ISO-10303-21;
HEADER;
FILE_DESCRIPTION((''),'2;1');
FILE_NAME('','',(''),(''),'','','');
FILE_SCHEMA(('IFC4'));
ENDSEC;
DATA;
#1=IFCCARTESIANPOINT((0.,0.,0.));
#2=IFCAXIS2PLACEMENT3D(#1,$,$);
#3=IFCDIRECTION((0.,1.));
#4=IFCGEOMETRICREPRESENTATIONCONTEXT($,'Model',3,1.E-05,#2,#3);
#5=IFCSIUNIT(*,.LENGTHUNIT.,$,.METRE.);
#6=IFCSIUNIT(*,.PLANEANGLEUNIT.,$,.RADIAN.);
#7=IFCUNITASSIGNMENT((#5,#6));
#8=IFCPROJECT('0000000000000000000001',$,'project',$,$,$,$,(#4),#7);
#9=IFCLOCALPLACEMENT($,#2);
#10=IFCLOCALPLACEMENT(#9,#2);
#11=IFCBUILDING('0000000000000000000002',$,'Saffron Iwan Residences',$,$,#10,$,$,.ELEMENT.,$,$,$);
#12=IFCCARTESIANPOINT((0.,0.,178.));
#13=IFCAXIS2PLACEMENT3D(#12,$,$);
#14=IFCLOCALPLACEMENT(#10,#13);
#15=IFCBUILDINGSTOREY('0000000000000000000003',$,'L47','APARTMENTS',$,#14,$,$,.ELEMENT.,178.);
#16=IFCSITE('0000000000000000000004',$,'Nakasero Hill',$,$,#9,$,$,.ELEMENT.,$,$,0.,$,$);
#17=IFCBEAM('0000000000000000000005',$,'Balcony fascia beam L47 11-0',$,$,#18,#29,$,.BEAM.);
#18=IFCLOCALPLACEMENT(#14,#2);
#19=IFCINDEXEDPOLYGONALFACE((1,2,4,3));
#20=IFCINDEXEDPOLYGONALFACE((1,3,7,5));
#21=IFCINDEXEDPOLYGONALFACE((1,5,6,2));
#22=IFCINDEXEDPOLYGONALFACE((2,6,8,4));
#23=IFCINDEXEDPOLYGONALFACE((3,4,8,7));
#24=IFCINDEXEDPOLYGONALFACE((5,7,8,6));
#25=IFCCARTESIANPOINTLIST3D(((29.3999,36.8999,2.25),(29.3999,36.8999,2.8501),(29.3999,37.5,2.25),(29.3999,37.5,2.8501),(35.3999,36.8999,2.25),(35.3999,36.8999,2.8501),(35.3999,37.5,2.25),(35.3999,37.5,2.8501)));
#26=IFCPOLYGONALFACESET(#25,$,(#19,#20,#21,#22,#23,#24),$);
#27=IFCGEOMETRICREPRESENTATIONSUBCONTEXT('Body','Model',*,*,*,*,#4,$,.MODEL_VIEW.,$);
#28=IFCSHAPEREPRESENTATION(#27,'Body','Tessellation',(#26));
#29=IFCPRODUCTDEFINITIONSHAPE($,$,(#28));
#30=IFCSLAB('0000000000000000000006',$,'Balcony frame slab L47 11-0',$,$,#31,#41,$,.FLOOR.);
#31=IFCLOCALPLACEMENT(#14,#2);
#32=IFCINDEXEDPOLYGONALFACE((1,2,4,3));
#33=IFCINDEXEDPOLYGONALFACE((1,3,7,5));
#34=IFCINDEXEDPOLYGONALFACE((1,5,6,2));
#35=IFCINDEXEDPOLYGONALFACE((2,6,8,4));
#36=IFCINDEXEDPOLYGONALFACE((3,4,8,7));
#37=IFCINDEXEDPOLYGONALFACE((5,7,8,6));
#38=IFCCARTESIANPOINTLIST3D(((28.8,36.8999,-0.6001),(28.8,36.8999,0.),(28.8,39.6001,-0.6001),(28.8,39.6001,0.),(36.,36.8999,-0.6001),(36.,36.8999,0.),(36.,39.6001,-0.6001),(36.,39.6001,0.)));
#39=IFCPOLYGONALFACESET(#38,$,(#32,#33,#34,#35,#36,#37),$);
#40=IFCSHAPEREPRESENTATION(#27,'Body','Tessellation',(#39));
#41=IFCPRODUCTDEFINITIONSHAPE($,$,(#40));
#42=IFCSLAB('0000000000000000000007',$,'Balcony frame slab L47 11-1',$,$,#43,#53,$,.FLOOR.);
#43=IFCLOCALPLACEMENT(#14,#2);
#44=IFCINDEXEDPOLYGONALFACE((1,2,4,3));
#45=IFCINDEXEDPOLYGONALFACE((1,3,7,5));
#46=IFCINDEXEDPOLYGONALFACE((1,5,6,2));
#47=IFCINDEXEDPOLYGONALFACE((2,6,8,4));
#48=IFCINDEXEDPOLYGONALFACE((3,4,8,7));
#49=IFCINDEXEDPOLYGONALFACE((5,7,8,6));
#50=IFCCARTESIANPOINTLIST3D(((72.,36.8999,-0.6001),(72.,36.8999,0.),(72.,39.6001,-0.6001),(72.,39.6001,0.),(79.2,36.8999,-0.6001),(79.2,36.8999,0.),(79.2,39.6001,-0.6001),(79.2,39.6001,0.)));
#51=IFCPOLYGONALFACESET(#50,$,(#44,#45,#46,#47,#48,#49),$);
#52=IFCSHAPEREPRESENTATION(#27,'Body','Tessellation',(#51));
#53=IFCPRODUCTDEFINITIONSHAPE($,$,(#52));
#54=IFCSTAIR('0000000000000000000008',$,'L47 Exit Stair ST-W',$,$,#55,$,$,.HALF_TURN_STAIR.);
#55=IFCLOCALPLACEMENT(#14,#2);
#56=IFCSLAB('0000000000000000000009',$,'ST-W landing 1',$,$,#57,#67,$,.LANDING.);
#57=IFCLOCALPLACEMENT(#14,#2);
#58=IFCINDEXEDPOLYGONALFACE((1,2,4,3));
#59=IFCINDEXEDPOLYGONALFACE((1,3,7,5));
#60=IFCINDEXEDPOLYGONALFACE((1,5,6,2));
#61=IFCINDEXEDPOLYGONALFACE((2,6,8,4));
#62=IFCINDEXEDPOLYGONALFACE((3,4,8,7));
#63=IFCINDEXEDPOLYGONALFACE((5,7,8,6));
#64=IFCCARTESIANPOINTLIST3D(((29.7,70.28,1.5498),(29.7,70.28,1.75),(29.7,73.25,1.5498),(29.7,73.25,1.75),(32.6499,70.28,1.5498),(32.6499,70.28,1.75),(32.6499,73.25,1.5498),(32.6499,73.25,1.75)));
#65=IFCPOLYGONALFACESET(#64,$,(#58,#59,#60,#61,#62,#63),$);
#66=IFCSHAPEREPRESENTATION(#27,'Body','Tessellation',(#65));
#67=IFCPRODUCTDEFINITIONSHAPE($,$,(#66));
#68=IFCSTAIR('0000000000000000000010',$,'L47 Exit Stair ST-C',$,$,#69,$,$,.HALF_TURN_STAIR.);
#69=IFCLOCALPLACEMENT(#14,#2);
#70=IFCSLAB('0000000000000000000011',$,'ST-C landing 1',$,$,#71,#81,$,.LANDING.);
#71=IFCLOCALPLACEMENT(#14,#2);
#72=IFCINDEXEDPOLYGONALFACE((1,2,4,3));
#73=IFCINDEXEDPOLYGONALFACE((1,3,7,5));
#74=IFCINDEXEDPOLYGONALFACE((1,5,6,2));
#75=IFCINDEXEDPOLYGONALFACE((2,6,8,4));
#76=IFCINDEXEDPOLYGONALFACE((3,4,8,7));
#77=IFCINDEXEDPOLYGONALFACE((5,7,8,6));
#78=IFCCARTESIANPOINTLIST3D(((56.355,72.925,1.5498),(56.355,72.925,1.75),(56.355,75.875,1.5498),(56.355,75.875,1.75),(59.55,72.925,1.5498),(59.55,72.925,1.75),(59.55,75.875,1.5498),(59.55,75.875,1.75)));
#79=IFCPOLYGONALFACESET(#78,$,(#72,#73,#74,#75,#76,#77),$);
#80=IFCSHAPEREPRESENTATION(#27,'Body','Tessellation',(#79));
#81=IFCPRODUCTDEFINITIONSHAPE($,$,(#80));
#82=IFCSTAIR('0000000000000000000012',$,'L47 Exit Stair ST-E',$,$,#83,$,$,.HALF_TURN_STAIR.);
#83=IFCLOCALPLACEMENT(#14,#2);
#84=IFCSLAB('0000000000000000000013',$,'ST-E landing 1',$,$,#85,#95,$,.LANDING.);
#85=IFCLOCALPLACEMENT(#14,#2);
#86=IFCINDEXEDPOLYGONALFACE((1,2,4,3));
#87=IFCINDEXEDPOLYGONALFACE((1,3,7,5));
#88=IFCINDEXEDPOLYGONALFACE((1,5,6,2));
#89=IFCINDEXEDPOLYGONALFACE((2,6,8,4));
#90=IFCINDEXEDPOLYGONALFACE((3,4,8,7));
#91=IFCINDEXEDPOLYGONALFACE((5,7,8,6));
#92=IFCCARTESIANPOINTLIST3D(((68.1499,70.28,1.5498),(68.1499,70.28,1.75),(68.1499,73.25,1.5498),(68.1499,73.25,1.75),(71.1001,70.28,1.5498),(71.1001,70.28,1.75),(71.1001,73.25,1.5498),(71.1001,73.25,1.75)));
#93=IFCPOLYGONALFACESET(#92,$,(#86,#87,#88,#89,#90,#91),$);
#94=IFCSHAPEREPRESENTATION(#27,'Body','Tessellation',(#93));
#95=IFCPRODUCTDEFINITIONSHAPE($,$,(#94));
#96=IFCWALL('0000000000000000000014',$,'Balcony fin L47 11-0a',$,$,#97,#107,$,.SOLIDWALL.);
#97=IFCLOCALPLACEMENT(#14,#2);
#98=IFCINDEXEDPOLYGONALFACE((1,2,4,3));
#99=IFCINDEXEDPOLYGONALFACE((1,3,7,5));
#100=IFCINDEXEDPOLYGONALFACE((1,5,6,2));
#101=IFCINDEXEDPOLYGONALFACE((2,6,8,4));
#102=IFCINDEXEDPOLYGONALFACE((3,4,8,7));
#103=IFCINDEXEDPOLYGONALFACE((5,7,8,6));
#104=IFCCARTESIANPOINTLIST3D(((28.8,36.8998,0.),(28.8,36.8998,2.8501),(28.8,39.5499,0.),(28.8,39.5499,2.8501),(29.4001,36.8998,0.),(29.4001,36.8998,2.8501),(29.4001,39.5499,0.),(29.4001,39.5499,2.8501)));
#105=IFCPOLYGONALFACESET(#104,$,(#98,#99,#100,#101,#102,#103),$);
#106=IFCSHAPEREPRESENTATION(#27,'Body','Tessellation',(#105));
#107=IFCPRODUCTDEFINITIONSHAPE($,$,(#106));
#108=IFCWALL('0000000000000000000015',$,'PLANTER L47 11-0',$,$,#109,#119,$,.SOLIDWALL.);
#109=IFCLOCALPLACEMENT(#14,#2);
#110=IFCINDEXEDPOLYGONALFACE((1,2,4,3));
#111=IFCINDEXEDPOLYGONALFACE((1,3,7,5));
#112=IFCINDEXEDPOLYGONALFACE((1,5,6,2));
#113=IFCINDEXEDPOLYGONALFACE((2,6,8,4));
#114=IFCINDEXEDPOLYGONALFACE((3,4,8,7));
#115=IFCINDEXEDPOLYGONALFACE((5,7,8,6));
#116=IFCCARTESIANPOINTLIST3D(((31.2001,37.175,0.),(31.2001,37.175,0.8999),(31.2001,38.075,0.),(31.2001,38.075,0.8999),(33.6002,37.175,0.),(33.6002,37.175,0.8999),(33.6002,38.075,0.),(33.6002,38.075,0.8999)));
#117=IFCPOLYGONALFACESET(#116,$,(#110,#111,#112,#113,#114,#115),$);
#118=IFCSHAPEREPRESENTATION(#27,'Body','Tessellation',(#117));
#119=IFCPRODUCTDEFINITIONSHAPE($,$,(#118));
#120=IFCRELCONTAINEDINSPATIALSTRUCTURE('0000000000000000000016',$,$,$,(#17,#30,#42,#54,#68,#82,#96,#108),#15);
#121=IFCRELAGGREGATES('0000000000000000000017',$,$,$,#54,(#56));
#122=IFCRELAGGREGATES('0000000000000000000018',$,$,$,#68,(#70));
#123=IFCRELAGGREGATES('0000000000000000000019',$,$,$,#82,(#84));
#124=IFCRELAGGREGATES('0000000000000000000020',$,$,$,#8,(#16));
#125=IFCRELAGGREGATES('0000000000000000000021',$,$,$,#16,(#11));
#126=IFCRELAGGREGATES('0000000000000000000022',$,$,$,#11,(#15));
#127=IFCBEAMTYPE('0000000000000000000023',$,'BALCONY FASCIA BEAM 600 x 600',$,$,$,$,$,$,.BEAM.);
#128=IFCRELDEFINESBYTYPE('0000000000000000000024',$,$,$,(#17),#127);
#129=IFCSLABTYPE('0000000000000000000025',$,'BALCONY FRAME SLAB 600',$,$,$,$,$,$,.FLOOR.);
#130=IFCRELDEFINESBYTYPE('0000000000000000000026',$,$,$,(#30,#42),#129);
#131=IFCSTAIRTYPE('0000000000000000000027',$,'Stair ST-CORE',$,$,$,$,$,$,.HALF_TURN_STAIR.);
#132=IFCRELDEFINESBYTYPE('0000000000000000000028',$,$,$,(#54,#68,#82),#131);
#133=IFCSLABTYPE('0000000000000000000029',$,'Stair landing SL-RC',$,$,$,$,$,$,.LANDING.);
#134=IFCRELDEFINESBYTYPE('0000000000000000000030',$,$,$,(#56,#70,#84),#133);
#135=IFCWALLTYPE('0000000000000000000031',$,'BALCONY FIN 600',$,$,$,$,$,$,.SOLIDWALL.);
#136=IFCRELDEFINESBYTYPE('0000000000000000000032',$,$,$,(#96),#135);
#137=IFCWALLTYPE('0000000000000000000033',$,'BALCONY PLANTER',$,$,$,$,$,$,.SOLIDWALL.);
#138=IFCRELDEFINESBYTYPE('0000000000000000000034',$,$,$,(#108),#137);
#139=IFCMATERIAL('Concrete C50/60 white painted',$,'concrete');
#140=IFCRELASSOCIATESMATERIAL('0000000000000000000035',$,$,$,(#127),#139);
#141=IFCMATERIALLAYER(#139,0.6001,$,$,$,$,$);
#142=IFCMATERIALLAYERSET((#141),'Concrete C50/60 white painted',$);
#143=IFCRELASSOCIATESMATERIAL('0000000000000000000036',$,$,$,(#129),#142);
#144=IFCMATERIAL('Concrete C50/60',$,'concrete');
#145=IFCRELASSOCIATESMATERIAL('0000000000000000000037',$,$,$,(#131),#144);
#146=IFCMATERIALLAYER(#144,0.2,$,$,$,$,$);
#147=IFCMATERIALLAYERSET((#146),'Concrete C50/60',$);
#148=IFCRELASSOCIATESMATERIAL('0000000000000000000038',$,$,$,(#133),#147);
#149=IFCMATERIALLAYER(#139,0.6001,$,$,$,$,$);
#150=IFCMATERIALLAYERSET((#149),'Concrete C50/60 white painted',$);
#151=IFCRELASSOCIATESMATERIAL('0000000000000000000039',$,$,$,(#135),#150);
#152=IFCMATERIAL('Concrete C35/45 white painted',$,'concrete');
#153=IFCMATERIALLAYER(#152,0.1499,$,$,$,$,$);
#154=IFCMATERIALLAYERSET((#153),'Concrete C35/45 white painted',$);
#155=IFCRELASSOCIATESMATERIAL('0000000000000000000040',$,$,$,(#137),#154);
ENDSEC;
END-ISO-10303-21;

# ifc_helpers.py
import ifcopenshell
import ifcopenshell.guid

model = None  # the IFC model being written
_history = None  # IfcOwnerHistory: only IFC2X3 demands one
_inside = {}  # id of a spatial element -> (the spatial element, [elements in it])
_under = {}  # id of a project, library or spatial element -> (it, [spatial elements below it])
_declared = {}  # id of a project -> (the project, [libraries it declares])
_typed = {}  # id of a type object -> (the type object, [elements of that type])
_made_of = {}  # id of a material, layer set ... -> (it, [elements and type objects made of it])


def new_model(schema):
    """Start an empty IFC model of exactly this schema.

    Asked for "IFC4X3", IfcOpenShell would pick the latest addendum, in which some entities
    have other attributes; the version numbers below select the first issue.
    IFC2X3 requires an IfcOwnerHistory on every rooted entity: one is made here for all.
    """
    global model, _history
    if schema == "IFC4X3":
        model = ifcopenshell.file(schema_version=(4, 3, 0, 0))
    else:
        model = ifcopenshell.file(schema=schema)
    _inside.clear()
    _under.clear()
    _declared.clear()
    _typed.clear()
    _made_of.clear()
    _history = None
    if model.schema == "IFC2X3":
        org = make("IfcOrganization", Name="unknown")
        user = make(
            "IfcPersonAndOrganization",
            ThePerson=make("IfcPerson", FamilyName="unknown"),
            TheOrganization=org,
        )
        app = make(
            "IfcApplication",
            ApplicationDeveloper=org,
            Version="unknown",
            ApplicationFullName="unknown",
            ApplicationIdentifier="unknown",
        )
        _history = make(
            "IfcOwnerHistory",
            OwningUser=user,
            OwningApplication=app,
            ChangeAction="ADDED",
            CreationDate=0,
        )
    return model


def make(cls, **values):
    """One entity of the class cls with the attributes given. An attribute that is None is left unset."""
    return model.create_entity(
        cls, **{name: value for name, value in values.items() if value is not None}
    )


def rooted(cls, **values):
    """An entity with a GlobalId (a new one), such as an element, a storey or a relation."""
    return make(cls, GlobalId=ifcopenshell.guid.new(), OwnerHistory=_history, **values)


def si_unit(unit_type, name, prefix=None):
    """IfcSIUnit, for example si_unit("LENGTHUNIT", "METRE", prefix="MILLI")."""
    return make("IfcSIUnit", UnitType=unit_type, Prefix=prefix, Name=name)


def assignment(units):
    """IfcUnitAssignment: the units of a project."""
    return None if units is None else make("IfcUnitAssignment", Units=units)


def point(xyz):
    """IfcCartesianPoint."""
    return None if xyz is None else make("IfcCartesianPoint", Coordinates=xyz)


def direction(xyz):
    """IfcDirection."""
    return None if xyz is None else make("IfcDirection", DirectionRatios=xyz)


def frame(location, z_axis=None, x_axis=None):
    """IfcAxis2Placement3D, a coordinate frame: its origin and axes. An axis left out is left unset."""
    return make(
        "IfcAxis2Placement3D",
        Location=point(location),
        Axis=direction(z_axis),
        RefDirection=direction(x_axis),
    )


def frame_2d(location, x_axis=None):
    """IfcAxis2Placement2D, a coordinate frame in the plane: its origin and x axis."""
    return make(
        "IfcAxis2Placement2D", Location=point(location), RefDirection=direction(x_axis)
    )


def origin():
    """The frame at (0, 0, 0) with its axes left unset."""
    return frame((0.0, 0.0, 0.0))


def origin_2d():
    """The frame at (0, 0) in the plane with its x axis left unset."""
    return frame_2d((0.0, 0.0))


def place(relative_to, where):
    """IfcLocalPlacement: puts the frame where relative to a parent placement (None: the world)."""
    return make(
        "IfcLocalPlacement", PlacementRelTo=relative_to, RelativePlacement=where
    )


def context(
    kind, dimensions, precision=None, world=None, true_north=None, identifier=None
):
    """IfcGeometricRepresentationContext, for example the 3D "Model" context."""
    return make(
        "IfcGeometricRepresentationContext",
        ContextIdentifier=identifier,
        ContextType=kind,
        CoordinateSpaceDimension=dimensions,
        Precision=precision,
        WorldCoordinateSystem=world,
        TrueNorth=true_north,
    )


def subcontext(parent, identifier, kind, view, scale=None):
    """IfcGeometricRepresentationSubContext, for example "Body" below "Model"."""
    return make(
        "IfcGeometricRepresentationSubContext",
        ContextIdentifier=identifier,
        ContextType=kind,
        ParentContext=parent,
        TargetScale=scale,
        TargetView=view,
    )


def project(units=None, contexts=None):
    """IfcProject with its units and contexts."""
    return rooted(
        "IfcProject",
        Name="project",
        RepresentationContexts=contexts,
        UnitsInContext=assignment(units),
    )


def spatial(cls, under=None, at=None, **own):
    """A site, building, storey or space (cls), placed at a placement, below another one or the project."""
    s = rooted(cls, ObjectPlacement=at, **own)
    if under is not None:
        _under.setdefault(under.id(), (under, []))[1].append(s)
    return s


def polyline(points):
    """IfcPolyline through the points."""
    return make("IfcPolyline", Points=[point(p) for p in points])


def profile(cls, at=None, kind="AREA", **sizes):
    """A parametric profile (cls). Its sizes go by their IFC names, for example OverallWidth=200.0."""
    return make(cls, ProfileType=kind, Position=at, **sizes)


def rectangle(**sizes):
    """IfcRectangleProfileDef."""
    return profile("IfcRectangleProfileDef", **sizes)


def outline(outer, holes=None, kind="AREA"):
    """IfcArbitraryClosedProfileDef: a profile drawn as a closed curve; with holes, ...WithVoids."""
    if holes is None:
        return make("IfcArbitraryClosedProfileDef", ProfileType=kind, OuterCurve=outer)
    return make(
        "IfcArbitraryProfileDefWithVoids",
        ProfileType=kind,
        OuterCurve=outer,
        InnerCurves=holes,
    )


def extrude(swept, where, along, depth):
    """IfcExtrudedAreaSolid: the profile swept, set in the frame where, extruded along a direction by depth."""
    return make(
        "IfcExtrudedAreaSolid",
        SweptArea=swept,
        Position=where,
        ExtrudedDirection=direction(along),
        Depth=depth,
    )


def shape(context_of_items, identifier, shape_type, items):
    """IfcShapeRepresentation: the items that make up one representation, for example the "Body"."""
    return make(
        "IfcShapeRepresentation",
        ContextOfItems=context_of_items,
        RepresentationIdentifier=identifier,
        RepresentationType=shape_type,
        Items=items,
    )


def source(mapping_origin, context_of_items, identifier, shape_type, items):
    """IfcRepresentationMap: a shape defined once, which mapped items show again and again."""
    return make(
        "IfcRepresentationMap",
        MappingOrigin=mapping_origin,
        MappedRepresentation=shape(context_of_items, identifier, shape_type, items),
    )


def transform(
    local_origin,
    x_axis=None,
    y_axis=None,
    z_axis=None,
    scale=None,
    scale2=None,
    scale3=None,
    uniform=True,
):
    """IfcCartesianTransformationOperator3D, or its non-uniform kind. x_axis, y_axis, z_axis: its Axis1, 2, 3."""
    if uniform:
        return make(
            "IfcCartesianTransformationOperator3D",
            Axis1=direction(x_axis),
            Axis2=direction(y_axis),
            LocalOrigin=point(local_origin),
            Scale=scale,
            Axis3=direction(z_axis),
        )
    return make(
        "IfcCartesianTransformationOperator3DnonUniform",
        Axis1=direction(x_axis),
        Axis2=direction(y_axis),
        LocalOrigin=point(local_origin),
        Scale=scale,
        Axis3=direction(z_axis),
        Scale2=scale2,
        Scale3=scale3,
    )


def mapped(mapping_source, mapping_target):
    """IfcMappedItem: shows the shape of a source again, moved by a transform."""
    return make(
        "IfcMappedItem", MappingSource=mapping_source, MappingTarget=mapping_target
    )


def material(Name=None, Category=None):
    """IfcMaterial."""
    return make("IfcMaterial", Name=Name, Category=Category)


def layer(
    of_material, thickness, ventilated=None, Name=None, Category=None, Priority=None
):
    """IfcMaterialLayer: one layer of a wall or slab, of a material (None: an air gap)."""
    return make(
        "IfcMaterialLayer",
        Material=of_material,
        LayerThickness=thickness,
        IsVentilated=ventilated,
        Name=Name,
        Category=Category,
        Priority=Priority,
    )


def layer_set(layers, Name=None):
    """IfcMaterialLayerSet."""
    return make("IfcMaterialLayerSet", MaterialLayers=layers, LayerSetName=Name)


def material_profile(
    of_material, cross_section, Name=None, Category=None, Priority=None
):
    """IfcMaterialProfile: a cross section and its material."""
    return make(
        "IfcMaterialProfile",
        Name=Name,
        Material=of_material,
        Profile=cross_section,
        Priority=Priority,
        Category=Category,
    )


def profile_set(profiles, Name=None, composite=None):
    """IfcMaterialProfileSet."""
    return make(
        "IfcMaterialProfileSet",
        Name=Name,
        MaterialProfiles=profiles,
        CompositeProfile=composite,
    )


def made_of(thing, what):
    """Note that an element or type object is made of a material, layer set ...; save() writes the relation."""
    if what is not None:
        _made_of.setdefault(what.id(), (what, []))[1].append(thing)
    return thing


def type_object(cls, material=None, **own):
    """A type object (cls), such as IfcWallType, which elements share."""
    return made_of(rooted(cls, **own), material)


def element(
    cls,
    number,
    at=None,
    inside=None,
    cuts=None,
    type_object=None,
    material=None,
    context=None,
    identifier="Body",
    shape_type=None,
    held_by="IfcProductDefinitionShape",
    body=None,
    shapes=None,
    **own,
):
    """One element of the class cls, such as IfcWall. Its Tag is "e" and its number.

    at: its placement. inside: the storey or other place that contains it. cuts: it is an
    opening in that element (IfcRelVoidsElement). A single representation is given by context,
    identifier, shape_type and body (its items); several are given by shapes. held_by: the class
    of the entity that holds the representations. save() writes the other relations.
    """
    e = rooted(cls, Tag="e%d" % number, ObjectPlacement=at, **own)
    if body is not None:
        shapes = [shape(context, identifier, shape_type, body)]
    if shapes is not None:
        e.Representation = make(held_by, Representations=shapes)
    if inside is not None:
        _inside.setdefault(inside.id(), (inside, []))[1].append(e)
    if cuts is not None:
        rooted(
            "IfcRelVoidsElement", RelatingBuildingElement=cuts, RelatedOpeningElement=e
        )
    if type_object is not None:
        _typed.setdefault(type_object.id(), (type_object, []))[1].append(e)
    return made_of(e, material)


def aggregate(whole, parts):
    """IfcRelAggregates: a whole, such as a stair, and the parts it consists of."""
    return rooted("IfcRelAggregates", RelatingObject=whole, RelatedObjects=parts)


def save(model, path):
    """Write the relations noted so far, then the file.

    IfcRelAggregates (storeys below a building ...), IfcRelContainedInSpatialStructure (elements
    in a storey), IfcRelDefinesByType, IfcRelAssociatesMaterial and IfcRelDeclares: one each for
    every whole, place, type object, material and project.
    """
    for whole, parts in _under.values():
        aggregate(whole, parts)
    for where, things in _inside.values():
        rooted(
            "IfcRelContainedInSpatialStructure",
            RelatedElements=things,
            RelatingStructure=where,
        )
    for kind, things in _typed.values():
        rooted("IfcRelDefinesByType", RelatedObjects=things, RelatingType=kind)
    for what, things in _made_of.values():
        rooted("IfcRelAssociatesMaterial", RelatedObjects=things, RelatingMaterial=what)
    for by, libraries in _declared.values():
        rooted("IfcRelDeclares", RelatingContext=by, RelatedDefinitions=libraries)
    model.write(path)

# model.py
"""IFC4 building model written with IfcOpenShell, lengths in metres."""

from ifc_helpers import new_model, si_unit, direction, frame, frame_2d, origin, origin_2d, place, context, subcontext, project, spatial, polyline, rectangle, outline, extrude, source, transform, mapped, material, layer, layer_set, material_profile, profile_set, type_object, element, aggregate, save


model = new_model("IFC4")

# Units and contexts
model_context = context("Model", 3, precision=1e-05, world=origin(), true_north=direction((0.0, 1.0)))
body_context = subcontext(model_context, "Body", "Model", "MODEL_VIEW")
ifc_project = project(units=[si_unit("LENGTHUNIT", "METRE"), si_unit("PLANEANGLEUNIT", "RADIAN")], contexts=[model_context])

# Site, building, storey
site_placement = place(None, origin())
site = spatial("IfcSite", under=ifc_project, at=site_placement, Name="Nakasero Hill", CompositionType="ELEMENT", RefElevation=0.0)
building_placement = place(site_placement, origin())
building = spatial("IfcBuilding", under=site, at=building_placement, Name="Saffron Iwan Residences", CompositionType="ELEMENT")
storey_placement = place(building_placement, frame((0.0, 0.0, 178.0)))
storey = spatial("IfcBuildingStorey", under=building, at=storey_placement, Name="L47", Description="APARTMENTS", CompositionType="ELEMENT", Elevation=178.0)

# Beam
ifc_material_1 = material(Name="Concrete C50/60 white painted", Category="concrete")
ifc_material_profile = material_profile(ifc_material_1, rectangle(XDim=0.6001, YDim=0.6001, at=origin_2d()), Name="BALCONY FASCIA BEAM 600 x 600")
ifc_profile_set = profile_set([ifc_material_profile], Name="Concrete C50/60 white painted")
beam_type = type_object("IfcBeamType", Name="BALCONY FASCIA BEAM 600 x 600", PredefinedType="BEAM", material=ifc_profile_set)
shared_shape = source(origin(), body_context, "Body", "SweptSolid", [
    extrude(rectangle(XDim=0.6001, YDim=0.6001, at=origin_2d()), origin(), (0.0, 0.0, 1.0), 6.0),
])
beam_placement = place(storey_placement, frame((29.3999, 37.2, 2.55), z_axis=(1.0, 0.0, 0.0), x_axis=(0.0, 1.0, 0.0)))
element("IfcBeam", 1, at=beam_placement, inside=storey, type_object=beam_type, Name="Balcony fascia beam L47 11-0", PredefinedType="BEAM", context=body_context, shape_type="MappedRepresentation", body=[
    mapped(shared_shape, transform((0.0, 0.0, 0.0))),
])

# Slabs
ifc_layer_1 = layer(ifc_material_1, 0.6001)
ifc_layer_set_1 = layer_set([ifc_layer_1], Name="Concrete C50/60 white painted")
slab_type_1 = type_object("IfcSlabType", Name="BALCONY FRAME SLAB 600", PredefinedType="FLOOR", material=ifc_layer_set_1)
slab_1_placement = place(storey_placement, frame((0.0, 0.0, -0.6001)))
element("IfcSlab", 2, at=slab_1_placement, inside=storey, type_object=slab_type_1, Name="Balcony frame slab L47 11-0", PredefinedType="FLOOR", context=body_context, shape_type="SweptSolid", body=[
    extrude(outline(polyline([(28.8, 36.8999), (36.0, 36.8999), (36.0, 39.6001), (28.8, 39.6001), (28.8, 36.8999)])), origin(), (0.0, 0.0, 1.0), 0.6001),
])
slab_2_placement = place(storey_placement, frame((0.0, 0.0, -0.6001)))
element("IfcSlab", 3, at=slab_2_placement, inside=storey, type_object=slab_type_1, Name="Balcony frame slab L47 11-1", PredefinedType="FLOOR", context=body_context, shape_type="SweptSolid", body=[
    extrude(outline(polyline([(72.0, 36.8999), (79.2, 36.8999), (79.2, 39.6001), (72.0, 39.6001), (72.0, 36.8999)])), origin(), (0.0, 0.0, 1.0), 0.6001),
])

# Stairs, slabs
ifc_material_2 = material(Name="Concrete C50/60", Category="concrete")
stair_type = type_object("IfcStairType", Name="Stair ST-CORE", PredefinedType="HALF_TURN_STAIR", material=ifc_material_2)
stair_1_placement = place(storey_placement, origin())
stair_1 = element("IfcStair", 4, at=stair_1_placement, inside=storey, type_object=stair_type, Name="L47 Exit Stair ST-W", PredefinedType="HALF_TURN_STAIR")
ifc_layer_2 = layer(ifc_material_2, 0.2)
ifc_layer_set_2 = layer_set([ifc_layer_2], Name="Concrete C50/60")
slab_type_2 = type_object("IfcSlabType", Name="Stair landing SL-RC", PredefinedType="LANDING", material=ifc_layer_set_2)
slab_3_placement = place(storey_placement, frame((0.0, 0.0, 1.5498)))
slab_3 = element("IfcSlab", 5, at=slab_3_placement, type_object=slab_type_2, Name="ST-W landing 1", PredefinedType="LANDING", context=body_context, shape_type="SweptSolid", body=[
    extrude(outline(polyline([(32.6499, 70.28), (32.6499, 73.25), (29.7, 73.25), (29.7, 70.28), (32.6499, 70.28)])), origin(), (0.0, 0.0, 1.0), 0.2002),
])
aggregate(stair_1, [slab_3])
stair_2_placement = place(storey_placement, origin())
stair_2 = element("IfcStair", 6, at=stair_2_placement, inside=storey, type_object=stair_type, Name="L47 Exit Stair ST-C", PredefinedType="HALF_TURN_STAIR")
slab_4_placement = place(storey_placement, frame((0.0, 0.0, 1.5498)))
slab_4 = element("IfcSlab", 7, at=slab_4_placement, type_object=slab_type_2, Name="ST-C landing 1", PredefinedType="LANDING", context=body_context, shape_type="SweptSolid", body=[
    extrude(outline(polyline([(56.355, 72.925), (59.55, 72.925), (59.55, 75.875), (56.355, 75.875), (56.355, 72.925)])), origin(), (0.0, 0.0, 1.0), 0.2002),
])
aggregate(stair_2, [slab_4])
stair_3_placement = place(storey_placement, origin())
stair_3 = element("IfcStair", 8, at=stair_3_placement, inside=storey, type_object=stair_type, Name="L47 Exit Stair ST-E", PredefinedType="HALF_TURN_STAIR")
slab_5_placement = place(storey_placement, frame((0.0, 0.0, 1.5498)))
slab_5 = element("IfcSlab", 9, at=slab_5_placement, type_object=slab_type_2, Name="ST-E landing 1", PredefinedType="LANDING", context=body_context, shape_type="SweptSolid", body=[
    extrude(outline(polyline([(71.1001, 70.28), (71.1001, 73.25), (68.1499, 73.25), (68.1499, 70.28), (71.1001, 70.28)])), origin(), (0.0, 0.0, 1.0), 0.2002),
])
aggregate(stair_3, [slab_5])

# Walls
ifc_layer_3 = layer(ifc_material_1, 0.6001)
ifc_layer_set_3 = layer_set([ifc_layer_3], Name="Concrete C50/60 white painted")
wall_type_1 = type_object("IfcWallType", Name="BALCONY FIN 600", PredefinedType="SOLIDWALL", material=ifc_layer_set_3)
wall_1_placement = place(storey_placement, frame((29.1001, 39.55, 0.0), z_axis=(0.0, 0.0, 1.0), x_axis=(0.0, -1.0, 0.0)))
element("IfcWall", 10, at=wall_1_placement, inside=storey, type_object=wall_type_1, Name="Balcony fin L47 11-0a", PredefinedType="SOLIDWALL", context=body_context, shape_type="SweptSolid", body=[
    extrude(rectangle(XDim=2.6501, YDim=0.6001, at=frame_2d((1.3252, 0.0))), origin(), (0.0, 0.0, 1.0), 2.8501),
])
ifc_material_3 = material(Name="Concrete C35/45 white painted", Category="concrete")
ifc_layer_4 = layer(ifc_material_3, 0.1499)
ifc_layer_set_4 = layer_set([ifc_layer_4], Name="Concrete C35/45 white painted")
wall_type_2 = type_object("IfcWallType", Name="BALCONY PLANTER", PredefinedType="SOLIDWALL", material=ifc_layer_set_4)
wall_2_placement = place(storey_placement, frame((31.2, 37.625, 0.0), z_axis=(0.0, 0.0, 1.0), x_axis=(1.0, 0.0, 0.0)))
element("IfcWall", 11, at=wall_2_placement, inside=storey, type_object=wall_type_2, Name="PLANTER L47 11-0", PredefinedType="SOLIDWALL", context=body_context, shape_type="SweptSolid", body=[
    extrude(rectangle(XDim=2.4001, YDim=0.8999, at=frame_2d((1.2002, 0.0))), origin(), (0.0, 0.0, 1.0), 0.8999),
])

save(model, "model.ifc")
